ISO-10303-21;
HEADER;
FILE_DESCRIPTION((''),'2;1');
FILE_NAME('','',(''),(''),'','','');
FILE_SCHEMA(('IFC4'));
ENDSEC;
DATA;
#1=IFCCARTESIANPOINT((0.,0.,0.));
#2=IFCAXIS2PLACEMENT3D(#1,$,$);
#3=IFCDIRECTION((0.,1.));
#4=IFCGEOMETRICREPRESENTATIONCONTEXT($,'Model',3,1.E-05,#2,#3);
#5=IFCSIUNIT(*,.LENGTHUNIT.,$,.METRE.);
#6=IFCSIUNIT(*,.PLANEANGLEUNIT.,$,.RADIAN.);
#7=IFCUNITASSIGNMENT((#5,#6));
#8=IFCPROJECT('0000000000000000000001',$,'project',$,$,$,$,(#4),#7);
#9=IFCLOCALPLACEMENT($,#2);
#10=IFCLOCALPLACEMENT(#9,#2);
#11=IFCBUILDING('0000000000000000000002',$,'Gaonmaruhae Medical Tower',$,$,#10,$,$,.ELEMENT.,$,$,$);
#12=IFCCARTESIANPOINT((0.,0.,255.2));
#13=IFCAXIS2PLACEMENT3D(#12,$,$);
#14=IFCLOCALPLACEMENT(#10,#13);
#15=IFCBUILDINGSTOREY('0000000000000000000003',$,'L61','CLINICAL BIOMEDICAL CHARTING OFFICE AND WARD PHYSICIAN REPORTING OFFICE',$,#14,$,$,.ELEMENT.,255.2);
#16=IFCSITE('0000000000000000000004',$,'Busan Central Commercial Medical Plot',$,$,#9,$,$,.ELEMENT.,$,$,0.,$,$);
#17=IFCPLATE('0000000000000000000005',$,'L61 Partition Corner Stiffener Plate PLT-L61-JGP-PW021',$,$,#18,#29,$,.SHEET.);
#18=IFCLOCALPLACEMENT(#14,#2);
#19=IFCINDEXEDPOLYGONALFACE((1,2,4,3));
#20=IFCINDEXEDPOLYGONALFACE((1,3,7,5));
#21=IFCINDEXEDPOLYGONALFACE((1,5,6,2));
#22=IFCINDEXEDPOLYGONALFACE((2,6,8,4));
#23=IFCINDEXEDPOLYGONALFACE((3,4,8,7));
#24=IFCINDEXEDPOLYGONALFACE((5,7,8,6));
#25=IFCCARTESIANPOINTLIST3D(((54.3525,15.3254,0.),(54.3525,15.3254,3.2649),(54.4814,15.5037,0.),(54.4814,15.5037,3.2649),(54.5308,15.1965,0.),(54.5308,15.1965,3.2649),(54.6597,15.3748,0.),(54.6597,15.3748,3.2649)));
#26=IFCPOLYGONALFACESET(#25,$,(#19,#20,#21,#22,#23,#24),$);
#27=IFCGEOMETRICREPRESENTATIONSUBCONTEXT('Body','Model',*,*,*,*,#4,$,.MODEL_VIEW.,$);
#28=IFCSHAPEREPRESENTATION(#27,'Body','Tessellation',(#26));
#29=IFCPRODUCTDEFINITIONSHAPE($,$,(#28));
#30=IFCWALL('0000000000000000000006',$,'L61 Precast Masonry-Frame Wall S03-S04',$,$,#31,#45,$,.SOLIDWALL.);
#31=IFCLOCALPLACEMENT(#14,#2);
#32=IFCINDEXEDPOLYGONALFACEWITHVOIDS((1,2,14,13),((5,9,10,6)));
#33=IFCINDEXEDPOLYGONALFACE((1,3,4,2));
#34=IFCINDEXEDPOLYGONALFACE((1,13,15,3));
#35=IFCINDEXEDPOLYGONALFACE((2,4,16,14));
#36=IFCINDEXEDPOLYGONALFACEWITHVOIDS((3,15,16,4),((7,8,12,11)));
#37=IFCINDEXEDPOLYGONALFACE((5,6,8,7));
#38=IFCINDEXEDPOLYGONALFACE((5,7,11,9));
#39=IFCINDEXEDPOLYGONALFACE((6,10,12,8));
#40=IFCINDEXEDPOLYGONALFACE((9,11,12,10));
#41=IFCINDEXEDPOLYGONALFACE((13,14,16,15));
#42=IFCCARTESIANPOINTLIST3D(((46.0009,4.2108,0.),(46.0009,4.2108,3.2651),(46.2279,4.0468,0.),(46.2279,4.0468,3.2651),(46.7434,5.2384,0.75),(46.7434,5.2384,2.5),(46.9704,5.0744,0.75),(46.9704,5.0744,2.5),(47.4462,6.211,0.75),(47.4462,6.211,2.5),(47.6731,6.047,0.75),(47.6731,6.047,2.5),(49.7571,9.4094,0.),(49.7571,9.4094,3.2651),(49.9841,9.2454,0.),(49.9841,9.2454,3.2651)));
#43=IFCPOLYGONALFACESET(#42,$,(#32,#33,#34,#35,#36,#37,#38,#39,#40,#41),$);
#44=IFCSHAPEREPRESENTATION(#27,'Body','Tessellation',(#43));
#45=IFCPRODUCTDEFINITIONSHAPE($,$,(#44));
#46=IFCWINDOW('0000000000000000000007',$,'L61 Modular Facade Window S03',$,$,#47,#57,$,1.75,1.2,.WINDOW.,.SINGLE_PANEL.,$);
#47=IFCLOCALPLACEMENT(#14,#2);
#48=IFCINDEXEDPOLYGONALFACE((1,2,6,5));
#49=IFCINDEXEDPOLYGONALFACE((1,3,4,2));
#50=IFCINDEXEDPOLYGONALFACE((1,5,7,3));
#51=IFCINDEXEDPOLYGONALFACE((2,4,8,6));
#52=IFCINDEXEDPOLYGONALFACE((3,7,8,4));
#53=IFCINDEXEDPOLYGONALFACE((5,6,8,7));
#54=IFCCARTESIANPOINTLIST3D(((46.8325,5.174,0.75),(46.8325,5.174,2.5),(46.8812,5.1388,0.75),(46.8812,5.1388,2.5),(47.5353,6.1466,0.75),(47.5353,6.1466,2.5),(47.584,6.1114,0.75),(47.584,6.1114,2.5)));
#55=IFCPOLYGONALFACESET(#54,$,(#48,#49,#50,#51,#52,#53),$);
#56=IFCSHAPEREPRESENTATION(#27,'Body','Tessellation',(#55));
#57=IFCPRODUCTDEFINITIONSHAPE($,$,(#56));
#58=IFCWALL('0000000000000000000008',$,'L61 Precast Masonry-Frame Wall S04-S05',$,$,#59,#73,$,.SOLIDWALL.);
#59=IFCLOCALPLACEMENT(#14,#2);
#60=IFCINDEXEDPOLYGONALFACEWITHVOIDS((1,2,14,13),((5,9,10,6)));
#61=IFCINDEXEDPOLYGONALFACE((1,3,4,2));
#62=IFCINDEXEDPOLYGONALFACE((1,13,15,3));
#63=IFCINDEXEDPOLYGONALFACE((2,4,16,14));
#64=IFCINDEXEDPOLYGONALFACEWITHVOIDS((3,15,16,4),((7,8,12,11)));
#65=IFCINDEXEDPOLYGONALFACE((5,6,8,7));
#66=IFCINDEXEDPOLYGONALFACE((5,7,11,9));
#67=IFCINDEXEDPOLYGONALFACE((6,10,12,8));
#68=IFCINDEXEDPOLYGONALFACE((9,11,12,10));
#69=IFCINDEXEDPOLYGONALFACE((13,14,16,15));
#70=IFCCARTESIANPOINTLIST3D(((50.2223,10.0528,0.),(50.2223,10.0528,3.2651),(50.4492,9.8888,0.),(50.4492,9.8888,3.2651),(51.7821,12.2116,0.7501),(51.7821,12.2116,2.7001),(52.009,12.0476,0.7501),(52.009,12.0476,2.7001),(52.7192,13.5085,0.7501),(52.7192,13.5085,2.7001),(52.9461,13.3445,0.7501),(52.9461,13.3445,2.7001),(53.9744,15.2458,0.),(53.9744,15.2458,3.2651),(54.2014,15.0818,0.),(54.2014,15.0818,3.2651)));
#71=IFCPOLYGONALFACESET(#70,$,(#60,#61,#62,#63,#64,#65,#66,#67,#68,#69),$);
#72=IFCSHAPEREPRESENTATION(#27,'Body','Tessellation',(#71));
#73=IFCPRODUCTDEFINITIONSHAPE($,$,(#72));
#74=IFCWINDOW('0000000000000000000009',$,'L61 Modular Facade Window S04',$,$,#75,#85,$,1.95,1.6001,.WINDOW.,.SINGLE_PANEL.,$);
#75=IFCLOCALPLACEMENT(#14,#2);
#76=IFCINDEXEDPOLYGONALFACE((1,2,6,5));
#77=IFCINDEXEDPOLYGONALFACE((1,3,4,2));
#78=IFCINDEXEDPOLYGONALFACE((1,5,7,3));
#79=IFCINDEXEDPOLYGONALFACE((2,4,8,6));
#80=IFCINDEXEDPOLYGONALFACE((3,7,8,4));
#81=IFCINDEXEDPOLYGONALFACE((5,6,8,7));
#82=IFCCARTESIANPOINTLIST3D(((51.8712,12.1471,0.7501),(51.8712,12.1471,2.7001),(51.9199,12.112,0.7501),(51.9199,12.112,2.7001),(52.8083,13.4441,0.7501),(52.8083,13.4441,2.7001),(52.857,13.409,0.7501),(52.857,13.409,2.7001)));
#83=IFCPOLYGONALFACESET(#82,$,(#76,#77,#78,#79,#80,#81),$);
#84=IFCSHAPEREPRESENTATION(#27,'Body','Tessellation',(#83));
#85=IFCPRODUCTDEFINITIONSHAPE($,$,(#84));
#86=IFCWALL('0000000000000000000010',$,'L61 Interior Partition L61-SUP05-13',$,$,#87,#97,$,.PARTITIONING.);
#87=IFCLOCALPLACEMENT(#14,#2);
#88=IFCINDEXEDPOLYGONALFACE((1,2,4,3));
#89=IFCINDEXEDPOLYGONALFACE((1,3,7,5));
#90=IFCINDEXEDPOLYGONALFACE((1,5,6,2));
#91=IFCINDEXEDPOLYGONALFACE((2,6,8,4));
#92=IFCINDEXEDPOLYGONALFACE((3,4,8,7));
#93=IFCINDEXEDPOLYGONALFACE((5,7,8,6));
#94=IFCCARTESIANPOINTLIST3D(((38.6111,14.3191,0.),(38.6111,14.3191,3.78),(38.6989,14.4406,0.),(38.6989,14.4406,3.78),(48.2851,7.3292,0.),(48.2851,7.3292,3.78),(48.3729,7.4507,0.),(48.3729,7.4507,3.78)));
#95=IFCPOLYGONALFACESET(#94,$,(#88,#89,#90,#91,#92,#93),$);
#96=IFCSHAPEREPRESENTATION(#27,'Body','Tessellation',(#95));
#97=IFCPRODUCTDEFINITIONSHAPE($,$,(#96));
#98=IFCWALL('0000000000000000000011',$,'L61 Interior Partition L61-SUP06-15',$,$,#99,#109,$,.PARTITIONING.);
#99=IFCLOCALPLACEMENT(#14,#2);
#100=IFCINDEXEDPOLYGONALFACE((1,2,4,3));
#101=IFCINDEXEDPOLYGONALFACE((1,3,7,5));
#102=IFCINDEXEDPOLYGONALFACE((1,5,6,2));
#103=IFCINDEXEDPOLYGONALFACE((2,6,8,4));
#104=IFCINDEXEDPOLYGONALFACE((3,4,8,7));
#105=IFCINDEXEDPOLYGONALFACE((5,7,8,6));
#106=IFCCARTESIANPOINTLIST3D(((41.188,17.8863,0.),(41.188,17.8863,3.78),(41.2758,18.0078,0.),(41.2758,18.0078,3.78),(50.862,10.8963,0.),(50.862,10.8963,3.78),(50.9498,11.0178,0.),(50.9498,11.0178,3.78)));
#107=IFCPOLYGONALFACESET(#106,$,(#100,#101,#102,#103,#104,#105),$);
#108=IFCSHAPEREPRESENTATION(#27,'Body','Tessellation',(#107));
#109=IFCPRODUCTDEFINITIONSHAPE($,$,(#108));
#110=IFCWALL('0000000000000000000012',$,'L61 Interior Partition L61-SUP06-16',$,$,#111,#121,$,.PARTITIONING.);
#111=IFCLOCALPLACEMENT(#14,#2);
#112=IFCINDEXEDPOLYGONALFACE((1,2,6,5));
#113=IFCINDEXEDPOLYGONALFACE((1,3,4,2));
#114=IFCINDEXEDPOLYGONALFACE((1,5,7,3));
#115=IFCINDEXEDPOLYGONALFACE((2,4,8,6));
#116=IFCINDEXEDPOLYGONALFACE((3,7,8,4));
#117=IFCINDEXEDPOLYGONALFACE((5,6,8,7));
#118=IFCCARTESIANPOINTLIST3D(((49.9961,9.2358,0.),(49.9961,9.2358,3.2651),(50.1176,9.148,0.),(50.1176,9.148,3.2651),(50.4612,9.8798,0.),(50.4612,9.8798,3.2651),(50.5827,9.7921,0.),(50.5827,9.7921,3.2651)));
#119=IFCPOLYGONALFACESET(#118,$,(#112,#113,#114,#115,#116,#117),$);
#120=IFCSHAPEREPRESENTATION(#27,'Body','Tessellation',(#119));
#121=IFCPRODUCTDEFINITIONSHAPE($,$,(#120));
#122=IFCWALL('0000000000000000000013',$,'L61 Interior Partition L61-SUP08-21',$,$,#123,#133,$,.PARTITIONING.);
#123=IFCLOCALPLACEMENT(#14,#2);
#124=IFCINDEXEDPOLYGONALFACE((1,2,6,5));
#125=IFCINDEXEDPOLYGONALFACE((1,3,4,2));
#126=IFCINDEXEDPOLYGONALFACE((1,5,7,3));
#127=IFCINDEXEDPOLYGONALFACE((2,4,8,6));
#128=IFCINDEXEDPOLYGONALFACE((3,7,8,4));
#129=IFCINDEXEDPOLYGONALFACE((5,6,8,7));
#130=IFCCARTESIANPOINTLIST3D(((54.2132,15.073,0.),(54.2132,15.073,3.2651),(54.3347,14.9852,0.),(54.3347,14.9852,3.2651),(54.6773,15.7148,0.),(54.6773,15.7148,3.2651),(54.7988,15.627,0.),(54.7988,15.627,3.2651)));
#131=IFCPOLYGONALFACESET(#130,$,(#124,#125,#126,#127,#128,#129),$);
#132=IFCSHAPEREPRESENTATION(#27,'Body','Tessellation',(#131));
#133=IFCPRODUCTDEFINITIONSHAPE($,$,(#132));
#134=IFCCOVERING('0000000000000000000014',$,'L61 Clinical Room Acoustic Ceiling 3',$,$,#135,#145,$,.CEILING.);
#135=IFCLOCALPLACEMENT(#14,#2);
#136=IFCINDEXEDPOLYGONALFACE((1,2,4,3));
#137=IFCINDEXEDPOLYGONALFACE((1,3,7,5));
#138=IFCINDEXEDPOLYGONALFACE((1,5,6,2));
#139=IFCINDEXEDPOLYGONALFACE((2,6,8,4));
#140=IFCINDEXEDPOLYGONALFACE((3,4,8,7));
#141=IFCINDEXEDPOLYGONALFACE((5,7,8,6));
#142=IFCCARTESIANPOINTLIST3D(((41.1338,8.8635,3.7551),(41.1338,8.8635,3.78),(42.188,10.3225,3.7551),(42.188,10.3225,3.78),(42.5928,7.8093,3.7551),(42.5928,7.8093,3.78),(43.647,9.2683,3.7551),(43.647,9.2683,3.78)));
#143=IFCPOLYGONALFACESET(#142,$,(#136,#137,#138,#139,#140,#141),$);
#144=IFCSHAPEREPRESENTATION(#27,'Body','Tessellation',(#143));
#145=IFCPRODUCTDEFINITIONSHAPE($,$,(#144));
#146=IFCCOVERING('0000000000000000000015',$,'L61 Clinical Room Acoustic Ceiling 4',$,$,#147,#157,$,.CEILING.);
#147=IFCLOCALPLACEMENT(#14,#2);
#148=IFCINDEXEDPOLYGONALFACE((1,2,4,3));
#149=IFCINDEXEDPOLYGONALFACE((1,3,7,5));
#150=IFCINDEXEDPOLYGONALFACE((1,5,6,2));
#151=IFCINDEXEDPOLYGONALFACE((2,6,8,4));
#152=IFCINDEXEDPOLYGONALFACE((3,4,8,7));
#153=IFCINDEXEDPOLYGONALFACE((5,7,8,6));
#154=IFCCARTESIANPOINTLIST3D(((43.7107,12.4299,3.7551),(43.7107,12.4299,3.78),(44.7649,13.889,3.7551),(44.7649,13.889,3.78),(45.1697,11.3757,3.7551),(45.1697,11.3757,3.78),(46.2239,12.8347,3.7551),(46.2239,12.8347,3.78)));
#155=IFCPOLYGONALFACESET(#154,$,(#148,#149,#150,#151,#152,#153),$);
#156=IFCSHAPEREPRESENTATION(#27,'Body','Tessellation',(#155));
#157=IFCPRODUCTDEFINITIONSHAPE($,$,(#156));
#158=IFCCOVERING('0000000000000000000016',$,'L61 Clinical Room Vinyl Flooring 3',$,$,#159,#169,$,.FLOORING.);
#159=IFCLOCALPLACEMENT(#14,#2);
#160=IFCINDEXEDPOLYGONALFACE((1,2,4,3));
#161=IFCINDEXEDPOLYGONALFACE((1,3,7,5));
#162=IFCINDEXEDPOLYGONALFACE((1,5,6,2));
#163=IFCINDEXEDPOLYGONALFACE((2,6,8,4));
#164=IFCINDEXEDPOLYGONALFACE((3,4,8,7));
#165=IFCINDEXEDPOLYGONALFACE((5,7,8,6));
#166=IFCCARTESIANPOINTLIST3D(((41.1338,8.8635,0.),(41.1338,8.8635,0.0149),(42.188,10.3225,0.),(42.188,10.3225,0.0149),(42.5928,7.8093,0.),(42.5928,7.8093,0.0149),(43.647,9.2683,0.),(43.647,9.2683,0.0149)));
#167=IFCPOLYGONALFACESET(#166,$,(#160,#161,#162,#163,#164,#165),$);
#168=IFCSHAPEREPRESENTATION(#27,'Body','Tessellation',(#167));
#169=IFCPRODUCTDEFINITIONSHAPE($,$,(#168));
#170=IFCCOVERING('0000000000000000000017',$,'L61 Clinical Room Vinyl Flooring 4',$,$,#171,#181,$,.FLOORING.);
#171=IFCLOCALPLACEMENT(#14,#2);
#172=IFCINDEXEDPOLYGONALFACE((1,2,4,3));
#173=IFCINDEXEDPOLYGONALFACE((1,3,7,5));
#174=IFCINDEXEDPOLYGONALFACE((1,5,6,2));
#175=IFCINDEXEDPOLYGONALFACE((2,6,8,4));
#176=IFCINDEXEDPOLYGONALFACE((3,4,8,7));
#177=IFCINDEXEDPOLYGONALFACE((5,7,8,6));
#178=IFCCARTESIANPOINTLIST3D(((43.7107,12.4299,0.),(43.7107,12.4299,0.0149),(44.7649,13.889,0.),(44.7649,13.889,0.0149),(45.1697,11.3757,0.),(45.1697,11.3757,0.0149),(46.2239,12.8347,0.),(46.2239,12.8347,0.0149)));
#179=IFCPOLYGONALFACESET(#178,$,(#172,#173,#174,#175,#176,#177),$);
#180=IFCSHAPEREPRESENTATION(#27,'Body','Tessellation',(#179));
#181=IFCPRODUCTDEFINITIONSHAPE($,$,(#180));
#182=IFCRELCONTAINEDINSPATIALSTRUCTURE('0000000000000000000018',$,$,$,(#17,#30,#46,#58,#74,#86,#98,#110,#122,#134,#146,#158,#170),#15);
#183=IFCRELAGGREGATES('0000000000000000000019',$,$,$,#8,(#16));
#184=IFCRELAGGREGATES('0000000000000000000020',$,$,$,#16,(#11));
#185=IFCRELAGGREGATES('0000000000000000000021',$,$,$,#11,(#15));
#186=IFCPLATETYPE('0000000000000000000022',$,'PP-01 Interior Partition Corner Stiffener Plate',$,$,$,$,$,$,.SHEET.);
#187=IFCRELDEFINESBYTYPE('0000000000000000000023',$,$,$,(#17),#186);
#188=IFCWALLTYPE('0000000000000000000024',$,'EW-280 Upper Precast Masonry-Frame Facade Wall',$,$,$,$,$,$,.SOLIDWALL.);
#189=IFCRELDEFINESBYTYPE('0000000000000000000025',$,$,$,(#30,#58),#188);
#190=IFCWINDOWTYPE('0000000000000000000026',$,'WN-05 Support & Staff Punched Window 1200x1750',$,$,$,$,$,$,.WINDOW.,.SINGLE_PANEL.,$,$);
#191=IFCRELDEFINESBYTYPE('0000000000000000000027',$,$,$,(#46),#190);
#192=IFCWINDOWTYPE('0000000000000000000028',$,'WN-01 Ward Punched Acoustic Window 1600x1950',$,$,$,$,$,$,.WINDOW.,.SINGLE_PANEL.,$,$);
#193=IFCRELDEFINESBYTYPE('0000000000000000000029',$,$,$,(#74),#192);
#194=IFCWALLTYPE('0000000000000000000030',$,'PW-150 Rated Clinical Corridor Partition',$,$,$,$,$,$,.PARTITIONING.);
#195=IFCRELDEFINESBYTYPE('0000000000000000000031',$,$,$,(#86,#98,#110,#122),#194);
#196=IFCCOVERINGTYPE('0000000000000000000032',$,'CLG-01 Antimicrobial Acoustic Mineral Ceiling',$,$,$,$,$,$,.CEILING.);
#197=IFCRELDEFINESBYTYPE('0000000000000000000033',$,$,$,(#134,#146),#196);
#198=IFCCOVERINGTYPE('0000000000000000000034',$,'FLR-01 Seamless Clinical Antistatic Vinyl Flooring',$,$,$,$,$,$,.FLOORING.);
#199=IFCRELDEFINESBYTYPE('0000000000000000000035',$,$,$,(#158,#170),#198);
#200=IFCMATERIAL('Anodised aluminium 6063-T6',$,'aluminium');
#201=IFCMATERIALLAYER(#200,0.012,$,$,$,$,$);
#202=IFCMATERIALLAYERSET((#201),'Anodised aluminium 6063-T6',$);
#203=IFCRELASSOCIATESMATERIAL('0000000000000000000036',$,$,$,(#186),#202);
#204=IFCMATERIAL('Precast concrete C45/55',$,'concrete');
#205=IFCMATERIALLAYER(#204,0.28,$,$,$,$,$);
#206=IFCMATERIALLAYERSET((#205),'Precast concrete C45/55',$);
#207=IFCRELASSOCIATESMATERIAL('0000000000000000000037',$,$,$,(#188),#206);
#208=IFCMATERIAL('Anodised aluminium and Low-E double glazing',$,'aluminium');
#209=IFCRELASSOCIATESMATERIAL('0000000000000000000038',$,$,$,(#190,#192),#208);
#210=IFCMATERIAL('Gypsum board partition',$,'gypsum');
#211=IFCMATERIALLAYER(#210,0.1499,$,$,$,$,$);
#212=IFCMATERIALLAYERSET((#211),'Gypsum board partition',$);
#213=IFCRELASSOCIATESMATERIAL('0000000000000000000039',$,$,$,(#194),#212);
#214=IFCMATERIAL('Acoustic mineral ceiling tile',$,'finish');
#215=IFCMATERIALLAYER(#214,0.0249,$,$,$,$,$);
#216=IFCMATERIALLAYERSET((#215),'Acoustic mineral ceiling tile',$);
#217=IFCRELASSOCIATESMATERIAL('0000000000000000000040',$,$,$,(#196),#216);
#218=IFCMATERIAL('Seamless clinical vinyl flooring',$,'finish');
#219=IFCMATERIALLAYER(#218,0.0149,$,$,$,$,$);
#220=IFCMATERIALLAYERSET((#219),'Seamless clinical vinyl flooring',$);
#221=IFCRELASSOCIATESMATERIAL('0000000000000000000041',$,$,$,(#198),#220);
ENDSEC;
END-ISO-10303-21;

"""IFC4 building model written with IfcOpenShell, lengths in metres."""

from ifc_helpers import new_model, si_unit, direction, frame, frame_2d, origin, origin_2d, place, context, subcontext, project, spatial, rectangle, extrude, material, layer, layer_set, type_object, element, fill, save


model = new_model("IFC4")

# Units and contexts
model_context = context("Model", 3, precision=1e-05, world=origin(), true_north=direction((0.0, 1.0)))
body_context = subcontext(model_context, "Body", "Model", "MODEL_VIEW")
ifc_project = project(units=[si_unit("LENGTHUNIT", "METRE"), si_unit("PLANEANGLEUNIT", "RADIAN")], contexts=[model_context])

# Site, building, storey
site_placement = place(None, origin())
site = spatial("IfcSite", under=ifc_project, at=site_placement, Name="Busan Central Commercial Medical Plot", CompositionType="ELEMENT", RefElevation=0.0)
building_placement = place(site_placement, origin())
building = spatial("IfcBuilding", under=site, at=building_placement, Name="Gaonmaruhae Medical Tower", CompositionType="ELEMENT")
storey_placement = place(building_placement, frame((0.0, 0.0, 255.2)))
storey = spatial("IfcBuildingStorey", under=building, at=storey_placement, Name="L61", Description="CLINICAL BIOMEDICAL CHARTING OFFICE AND WARD PHYSICIAN REPORTING OFFICE", CompositionType="ELEMENT", Elevation=255.2)

# Plate
ifc_material_1 = material(Name="Anodised aluminium 6063-T6", Category="aluminium")
ifc_layer_1 = layer(ifc_material_1, 0.012)
ifc_layer_set_1 = layer_set([ifc_layer_1], Name="Anodised aluminium 6063-T6")
plate_type = type_object("IfcPlateType", Name="PP-01 Interior Partition Corner Stiffener Plate", PredefinedType="SHEET", material=ifc_layer_set_1)
for number, where, z_axis, x_axis, name in (
    (1, (54.5061, 15.3501, 0.0), (0.0, 0.0, 1.0), (-0.585764, -0.810481, 0.0), "L61 Partition Corner Stiffener Plate PLT-L61-JGP-PW021"),
):
    element("IfcPlate", number, at=place(storey_placement, frame(where, z_axis=z_axis, x_axis=x_axis)), inside=storey, type_object=plate_type, Name=name, PredefinedType="SHEET", context=body_context, shape_type="SweptSolid", body=[
        extrude(rectangle(XDim=0.22, YDim=0.22, at=origin_2d()), origin(), (0.0, 0.0, 1.0), 3.2649),
    ])

# Walls, openings, windows
ifc_material_2 = material(Name="Precast concrete C45/55", Category="concrete")
ifc_layer_2 = layer(ifc_material_2, 0.28)
ifc_layer_set_2 = layer_set([ifc_layer_2], Name="Precast concrete C45/55")
wall_type_1 = type_object("IfcWallType", Name="EW-280 Upper Precast Masonry-Frame Facade Wall", PredefinedType="SOLIDWALL", material=ifc_layer_set_2)
wall_1_placement = place(storey_placement, frame((49.8706, 9.3274, 0.0), z_axis=(0.0, 0.0, 1.0), x_axis=(-0.585659, -0.810558, 0.0)))
wall_1 = element("IfcWall", 2, at=wall_1_placement, inside=storey, type_object=wall_type_1, Name="L61 Precast Masonry-Frame Wall S03-S04", PredefinedType="SOLIDWALL", context=body_context, shape_type="SweptSolid", body=[
    extrude(rectangle(XDim=6.4136, YDim=0.28, at=frame_2d((3.2068, 0.0))), origin(), (0.0, 0.0, 1.0), 3.2651),
])
opening_1_placement = place(wall_1_placement, frame((3.9458, 0.0, 0.75)))
opening_1 = element("IfcOpeningElement", 3, at=opening_1_placement, cuts=wall_1, PredefinedType="OPENING", context=body_context, shape_type="SweptSolid", body=[
    extrude(rectangle(XDim=1.2, YDim=1.75, at=frame_2d((0.6001, 0.875))), frame((0.0, 0.1499, 0.0), z_axis=(0.0, -1.0, 0.0), x_axis=(1.0, 0.0, 0.0)), (0.0, 0.0, 1.0), 0.3),
])
ifc_material_3 = material(Name="Anodised aluminium and Low-E double glazing", Category="aluminium")
window_type_1 = type_object("IfcWindowType", Name="WN-05 Support & Staff Punched Window 1200x1750", PartitioningType="SINGLE_PANEL", PredefinedType="WINDOW", material=ifc_material_3)
window_1_placement = place(opening_1_placement, origin())
window_1 = element("IfcWindow", 4, at=window_1_placement, inside=storey, type_object=window_type_1, Name="L61 Modular Facade Window S03", OverallHeight=1.75, OverallWidth=1.2, PartitioningType="SINGLE_PANEL", PredefinedType="WINDOW", context=body_context, shape_type="SweptSolid", body=[
    extrude(rectangle(XDim=1.2, YDim=1.75, at=frame_2d((0.6001, 0.875))), frame((0.0, 0.03, 0.0), z_axis=(0.0, -1.0, 0.0), x_axis=(1.0, 0.0, 0.0)), (0.0, 0.0, 1.0), 0.0601),
])
fill(opening_1, window_1)
wall_2_placement = place(storey_placement, frame((54.0879, 15.1638, 0.0), z_axis=(0.0, 0.0, 1.0), x_axis=(-0.585656, -0.81056, 0.0)))
wall_2 = element("IfcWall", 5, at=wall_2_placement, inside=storey, type_object=wall_type_1, Name="L61 Precast Masonry-Frame Wall S04-S05", PredefinedType="SOLIDWALL", context=body_context, shape_type="SweptSolid", body=[
    extrude(rectangle(XDim=6.4067, YDim=0.28, at=frame_2d((3.2034, 0.0))), origin(), (0.0, 0.0, 1.0), 3.2651),
])
opening_2_placement = place(wall_2_placement, frame((2.1433, 0.0, 0.75)))
opening_2 = element("IfcOpeningElement", 6, at=opening_2_placement, cuts=wall_2, PredefinedType="OPENING", context=body_context, shape_type="SweptSolid", body=[
    extrude(rectangle(XDim=1.6001, YDim=1.95, at=frame_2d((0.8, 0.9751))), frame((0.0, 0.1499, 0.0), z_axis=(0.0, -1.0, 0.0), x_axis=(1.0, 0.0, 0.0)), (0.0, 0.0, 1.0), 0.3),
])
window_type_2 = type_object("IfcWindowType", Name="WN-01 Ward Punched Acoustic Window 1600x1950", PartitioningType="SINGLE_PANEL", PredefinedType="WINDOW", material=ifc_material_3)
window_2_placement = place(opening_2_placement, origin())
window_2 = element("IfcWindow", 7, at=window_2_placement, inside=storey, type_object=window_type_2, Name="L61 Modular Facade Window S04", OverallHeight=1.95, OverallWidth=1.6001, PartitioningType="SINGLE_PANEL", PredefinedType="WINDOW", context=body_context, shape_type="SweptSolid", body=[
    extrude(rectangle(XDim=1.6001, YDim=1.95, at=frame_2d((0.8, 0.9751))), frame((0.0, 0.03, 0.0), z_axis=(0.0, -1.0, 0.0), x_axis=(1.0, 0.0, 0.0)), (0.0, 0.0, 1.0), 0.0601),
])
fill(opening_2, window_2)

# Shared definitions
ifc_material_4 = material(Name="Gypsum board partition", Category="gypsum")
ifc_layer_3 = layer(ifc_material_4, 0.1499)
ifc_layer_set_3 = layer_set([ifc_layer_3], Name="Gypsum board partition")
wall_type_2 = type_object("IfcWallType", Name="PW-150 Rated Clinical Corridor Partition", PredefinedType="PARTITIONING", material=ifc_layer_set_3)

# Wall
wall_3_placement = place(storey_placement, frame((38.655, 14.3799, 0.0), z_axis=(0.0, 0.0, 1.0), x_axis=(0.810554, -0.585665, 0.0)))
element("IfcWall", 8, at=wall_3_placement, inside=storey, type_object=wall_type_2, Name="L61 Interior Partition L61-SUP05-13", PredefinedType="PARTITIONING", context=body_context, shape_type="SweptSolid", body=[
    extrude(rectangle(XDim=11.9351, YDim=0.1499, at=frame_2d((5.9675, 0.0))), origin(), (0.0, 0.0, 1.0), 3.78),
])

# Walls
wall_4_placement = place(storey_placement, frame((41.2319, 17.947, 0.0), z_axis=(0.0, 0.0, 1.0), x_axis=(0.810554, -0.585665, 0.0)))
element("IfcWall", 9, at=wall_4_placement, inside=storey, type_object=wall_type_2, Name="L61 Interior Partition L61-SUP06-15", PredefinedType="PARTITIONING", context=body_context, shape_type="SweptSolid", body=[
    extrude(rectangle(XDim=11.9351, YDim=0.1499, at=frame_2d((5.9675, 0.0))), origin(), (0.0, 0.0, 1.0), 3.78),
])
wall_5_placement = place(storey_placement, frame((50.522, 9.8359, 0.0), z_axis=(0.0, 0.0, 1.0), x_axis=(-0.585446, -0.810712, 0.0)))
element("IfcWall", 10, at=wall_5_placement, inside=storey, type_object=wall_type_2, Name="L61 Interior Partition L61-SUP06-16", PredefinedType="PARTITIONING", context=body_context, shape_type="SweptSolid", body=[
    extrude(rectangle(XDim=0.7944, YDim=0.1499, at=frame_2d((0.3972, 0.0))), origin(), (0.0, 0.0, 1.0), 3.2651),
])

# Wall
wall_6_placement = place(storey_placement, frame((54.738, 15.6709, 0.0), z_axis=(0.0, 0.0, 1.0), x_axis=(-0.585952, -0.810346, 0.0)))
element("IfcWall", 11, at=wall_6_placement, inside=storey, type_object=wall_type_2, Name="L61 Interior Partition L61-SUP08-21", PredefinedType="PARTITIONING", context=body_context, shape_type="SweptSolid", body=[
    extrude(rectangle(XDim=0.792, YDim=0.1499, at=frame_2d((0.396, 0.0))), origin(), (0.0, 0.0, 1.0), 3.2651),
])

# Coverings
ifc_material_5 = material(Name="Acoustic mineral ceiling tile", Category="finish")
ifc_layer_4 = layer(ifc_material_5, 0.0249)
ifc_layer_set_4 = layer_set([ifc_layer_4], Name="Acoustic mineral ceiling tile")
covering_type_1 = type_object("IfcCoveringType", Name="CLG-01 Antimicrobial Acoustic Mineral Ceiling", PredefinedType="CEILING", material=ifc_layer_set_4)
for number, where, z_axis, x_axis, name in (
    (12, (42.3904, 9.0659, 3.7551), (0.0, 0.0, 1.0), (0.585665, 0.810553, 0.0), "L61 Clinical Room Acoustic Ceiling 3"),
    (13, (44.9673, 12.6323, 3.7551), (0.0, 0.0, 1.0), (0.585665, 0.810553, 0.0), "L61 Clinical Room Acoustic Ceiling 4"),
):
    element("IfcCovering", number, at=place(storey_placement, frame(where, z_axis=z_axis, x_axis=x_axis)), inside=storey, type_object=covering_type_1, Name=name, PredefinedType="CEILING", context=body_context, shape_type="SweptSolid", body=[
        extrude(rectangle(XDim=1.8, YDim=1.8, at=origin_2d()), origin(), (0.0, 0.0, 1.0), 0.0249),
    ])
ifc_material_6 = material(Name="Seamless clinical vinyl flooring", Category="finish")
ifc_layer_5 = layer(ifc_material_6, 0.0149)
ifc_layer_set_5 = layer_set([ifc_layer_5], Name="Seamless clinical vinyl flooring")
covering_type_2 = type_object("IfcCoveringType", Name="FLR-01 Seamless Clinical Antistatic Vinyl Flooring", PredefinedType="FLOORING", material=ifc_layer_set_5)
for number, where, z_axis, x_axis, name in (
    (14, (42.3904, 9.0659, 0.0), (0.0, 0.0, 1.0), (0.585665, 0.810553, 0.0), "L61 Clinical Room Vinyl Flooring 3"),
    (15, (44.9673, 12.6323, 0.0), (0.0, 0.0, 1.0), (0.585665, 0.810553, 0.0), "L61 Clinical Room Vinyl Flooring 4"),
):
    element("IfcCovering", number, at=place(storey_placement, frame(where, z_axis=z_axis, x_axis=x_axis)), inside=storey, type_object=covering_type_2, Name=name, PredefinedType="FLOORING", context=body_context, shape_type="SweptSolid", body=[
        extrude(rectangle(XDim=1.8, YDim=1.8, at=origin_2d()), origin(), (0.0, 0.0, 1.0), 0.0149),
    ])

save(model, "model.ifc")
